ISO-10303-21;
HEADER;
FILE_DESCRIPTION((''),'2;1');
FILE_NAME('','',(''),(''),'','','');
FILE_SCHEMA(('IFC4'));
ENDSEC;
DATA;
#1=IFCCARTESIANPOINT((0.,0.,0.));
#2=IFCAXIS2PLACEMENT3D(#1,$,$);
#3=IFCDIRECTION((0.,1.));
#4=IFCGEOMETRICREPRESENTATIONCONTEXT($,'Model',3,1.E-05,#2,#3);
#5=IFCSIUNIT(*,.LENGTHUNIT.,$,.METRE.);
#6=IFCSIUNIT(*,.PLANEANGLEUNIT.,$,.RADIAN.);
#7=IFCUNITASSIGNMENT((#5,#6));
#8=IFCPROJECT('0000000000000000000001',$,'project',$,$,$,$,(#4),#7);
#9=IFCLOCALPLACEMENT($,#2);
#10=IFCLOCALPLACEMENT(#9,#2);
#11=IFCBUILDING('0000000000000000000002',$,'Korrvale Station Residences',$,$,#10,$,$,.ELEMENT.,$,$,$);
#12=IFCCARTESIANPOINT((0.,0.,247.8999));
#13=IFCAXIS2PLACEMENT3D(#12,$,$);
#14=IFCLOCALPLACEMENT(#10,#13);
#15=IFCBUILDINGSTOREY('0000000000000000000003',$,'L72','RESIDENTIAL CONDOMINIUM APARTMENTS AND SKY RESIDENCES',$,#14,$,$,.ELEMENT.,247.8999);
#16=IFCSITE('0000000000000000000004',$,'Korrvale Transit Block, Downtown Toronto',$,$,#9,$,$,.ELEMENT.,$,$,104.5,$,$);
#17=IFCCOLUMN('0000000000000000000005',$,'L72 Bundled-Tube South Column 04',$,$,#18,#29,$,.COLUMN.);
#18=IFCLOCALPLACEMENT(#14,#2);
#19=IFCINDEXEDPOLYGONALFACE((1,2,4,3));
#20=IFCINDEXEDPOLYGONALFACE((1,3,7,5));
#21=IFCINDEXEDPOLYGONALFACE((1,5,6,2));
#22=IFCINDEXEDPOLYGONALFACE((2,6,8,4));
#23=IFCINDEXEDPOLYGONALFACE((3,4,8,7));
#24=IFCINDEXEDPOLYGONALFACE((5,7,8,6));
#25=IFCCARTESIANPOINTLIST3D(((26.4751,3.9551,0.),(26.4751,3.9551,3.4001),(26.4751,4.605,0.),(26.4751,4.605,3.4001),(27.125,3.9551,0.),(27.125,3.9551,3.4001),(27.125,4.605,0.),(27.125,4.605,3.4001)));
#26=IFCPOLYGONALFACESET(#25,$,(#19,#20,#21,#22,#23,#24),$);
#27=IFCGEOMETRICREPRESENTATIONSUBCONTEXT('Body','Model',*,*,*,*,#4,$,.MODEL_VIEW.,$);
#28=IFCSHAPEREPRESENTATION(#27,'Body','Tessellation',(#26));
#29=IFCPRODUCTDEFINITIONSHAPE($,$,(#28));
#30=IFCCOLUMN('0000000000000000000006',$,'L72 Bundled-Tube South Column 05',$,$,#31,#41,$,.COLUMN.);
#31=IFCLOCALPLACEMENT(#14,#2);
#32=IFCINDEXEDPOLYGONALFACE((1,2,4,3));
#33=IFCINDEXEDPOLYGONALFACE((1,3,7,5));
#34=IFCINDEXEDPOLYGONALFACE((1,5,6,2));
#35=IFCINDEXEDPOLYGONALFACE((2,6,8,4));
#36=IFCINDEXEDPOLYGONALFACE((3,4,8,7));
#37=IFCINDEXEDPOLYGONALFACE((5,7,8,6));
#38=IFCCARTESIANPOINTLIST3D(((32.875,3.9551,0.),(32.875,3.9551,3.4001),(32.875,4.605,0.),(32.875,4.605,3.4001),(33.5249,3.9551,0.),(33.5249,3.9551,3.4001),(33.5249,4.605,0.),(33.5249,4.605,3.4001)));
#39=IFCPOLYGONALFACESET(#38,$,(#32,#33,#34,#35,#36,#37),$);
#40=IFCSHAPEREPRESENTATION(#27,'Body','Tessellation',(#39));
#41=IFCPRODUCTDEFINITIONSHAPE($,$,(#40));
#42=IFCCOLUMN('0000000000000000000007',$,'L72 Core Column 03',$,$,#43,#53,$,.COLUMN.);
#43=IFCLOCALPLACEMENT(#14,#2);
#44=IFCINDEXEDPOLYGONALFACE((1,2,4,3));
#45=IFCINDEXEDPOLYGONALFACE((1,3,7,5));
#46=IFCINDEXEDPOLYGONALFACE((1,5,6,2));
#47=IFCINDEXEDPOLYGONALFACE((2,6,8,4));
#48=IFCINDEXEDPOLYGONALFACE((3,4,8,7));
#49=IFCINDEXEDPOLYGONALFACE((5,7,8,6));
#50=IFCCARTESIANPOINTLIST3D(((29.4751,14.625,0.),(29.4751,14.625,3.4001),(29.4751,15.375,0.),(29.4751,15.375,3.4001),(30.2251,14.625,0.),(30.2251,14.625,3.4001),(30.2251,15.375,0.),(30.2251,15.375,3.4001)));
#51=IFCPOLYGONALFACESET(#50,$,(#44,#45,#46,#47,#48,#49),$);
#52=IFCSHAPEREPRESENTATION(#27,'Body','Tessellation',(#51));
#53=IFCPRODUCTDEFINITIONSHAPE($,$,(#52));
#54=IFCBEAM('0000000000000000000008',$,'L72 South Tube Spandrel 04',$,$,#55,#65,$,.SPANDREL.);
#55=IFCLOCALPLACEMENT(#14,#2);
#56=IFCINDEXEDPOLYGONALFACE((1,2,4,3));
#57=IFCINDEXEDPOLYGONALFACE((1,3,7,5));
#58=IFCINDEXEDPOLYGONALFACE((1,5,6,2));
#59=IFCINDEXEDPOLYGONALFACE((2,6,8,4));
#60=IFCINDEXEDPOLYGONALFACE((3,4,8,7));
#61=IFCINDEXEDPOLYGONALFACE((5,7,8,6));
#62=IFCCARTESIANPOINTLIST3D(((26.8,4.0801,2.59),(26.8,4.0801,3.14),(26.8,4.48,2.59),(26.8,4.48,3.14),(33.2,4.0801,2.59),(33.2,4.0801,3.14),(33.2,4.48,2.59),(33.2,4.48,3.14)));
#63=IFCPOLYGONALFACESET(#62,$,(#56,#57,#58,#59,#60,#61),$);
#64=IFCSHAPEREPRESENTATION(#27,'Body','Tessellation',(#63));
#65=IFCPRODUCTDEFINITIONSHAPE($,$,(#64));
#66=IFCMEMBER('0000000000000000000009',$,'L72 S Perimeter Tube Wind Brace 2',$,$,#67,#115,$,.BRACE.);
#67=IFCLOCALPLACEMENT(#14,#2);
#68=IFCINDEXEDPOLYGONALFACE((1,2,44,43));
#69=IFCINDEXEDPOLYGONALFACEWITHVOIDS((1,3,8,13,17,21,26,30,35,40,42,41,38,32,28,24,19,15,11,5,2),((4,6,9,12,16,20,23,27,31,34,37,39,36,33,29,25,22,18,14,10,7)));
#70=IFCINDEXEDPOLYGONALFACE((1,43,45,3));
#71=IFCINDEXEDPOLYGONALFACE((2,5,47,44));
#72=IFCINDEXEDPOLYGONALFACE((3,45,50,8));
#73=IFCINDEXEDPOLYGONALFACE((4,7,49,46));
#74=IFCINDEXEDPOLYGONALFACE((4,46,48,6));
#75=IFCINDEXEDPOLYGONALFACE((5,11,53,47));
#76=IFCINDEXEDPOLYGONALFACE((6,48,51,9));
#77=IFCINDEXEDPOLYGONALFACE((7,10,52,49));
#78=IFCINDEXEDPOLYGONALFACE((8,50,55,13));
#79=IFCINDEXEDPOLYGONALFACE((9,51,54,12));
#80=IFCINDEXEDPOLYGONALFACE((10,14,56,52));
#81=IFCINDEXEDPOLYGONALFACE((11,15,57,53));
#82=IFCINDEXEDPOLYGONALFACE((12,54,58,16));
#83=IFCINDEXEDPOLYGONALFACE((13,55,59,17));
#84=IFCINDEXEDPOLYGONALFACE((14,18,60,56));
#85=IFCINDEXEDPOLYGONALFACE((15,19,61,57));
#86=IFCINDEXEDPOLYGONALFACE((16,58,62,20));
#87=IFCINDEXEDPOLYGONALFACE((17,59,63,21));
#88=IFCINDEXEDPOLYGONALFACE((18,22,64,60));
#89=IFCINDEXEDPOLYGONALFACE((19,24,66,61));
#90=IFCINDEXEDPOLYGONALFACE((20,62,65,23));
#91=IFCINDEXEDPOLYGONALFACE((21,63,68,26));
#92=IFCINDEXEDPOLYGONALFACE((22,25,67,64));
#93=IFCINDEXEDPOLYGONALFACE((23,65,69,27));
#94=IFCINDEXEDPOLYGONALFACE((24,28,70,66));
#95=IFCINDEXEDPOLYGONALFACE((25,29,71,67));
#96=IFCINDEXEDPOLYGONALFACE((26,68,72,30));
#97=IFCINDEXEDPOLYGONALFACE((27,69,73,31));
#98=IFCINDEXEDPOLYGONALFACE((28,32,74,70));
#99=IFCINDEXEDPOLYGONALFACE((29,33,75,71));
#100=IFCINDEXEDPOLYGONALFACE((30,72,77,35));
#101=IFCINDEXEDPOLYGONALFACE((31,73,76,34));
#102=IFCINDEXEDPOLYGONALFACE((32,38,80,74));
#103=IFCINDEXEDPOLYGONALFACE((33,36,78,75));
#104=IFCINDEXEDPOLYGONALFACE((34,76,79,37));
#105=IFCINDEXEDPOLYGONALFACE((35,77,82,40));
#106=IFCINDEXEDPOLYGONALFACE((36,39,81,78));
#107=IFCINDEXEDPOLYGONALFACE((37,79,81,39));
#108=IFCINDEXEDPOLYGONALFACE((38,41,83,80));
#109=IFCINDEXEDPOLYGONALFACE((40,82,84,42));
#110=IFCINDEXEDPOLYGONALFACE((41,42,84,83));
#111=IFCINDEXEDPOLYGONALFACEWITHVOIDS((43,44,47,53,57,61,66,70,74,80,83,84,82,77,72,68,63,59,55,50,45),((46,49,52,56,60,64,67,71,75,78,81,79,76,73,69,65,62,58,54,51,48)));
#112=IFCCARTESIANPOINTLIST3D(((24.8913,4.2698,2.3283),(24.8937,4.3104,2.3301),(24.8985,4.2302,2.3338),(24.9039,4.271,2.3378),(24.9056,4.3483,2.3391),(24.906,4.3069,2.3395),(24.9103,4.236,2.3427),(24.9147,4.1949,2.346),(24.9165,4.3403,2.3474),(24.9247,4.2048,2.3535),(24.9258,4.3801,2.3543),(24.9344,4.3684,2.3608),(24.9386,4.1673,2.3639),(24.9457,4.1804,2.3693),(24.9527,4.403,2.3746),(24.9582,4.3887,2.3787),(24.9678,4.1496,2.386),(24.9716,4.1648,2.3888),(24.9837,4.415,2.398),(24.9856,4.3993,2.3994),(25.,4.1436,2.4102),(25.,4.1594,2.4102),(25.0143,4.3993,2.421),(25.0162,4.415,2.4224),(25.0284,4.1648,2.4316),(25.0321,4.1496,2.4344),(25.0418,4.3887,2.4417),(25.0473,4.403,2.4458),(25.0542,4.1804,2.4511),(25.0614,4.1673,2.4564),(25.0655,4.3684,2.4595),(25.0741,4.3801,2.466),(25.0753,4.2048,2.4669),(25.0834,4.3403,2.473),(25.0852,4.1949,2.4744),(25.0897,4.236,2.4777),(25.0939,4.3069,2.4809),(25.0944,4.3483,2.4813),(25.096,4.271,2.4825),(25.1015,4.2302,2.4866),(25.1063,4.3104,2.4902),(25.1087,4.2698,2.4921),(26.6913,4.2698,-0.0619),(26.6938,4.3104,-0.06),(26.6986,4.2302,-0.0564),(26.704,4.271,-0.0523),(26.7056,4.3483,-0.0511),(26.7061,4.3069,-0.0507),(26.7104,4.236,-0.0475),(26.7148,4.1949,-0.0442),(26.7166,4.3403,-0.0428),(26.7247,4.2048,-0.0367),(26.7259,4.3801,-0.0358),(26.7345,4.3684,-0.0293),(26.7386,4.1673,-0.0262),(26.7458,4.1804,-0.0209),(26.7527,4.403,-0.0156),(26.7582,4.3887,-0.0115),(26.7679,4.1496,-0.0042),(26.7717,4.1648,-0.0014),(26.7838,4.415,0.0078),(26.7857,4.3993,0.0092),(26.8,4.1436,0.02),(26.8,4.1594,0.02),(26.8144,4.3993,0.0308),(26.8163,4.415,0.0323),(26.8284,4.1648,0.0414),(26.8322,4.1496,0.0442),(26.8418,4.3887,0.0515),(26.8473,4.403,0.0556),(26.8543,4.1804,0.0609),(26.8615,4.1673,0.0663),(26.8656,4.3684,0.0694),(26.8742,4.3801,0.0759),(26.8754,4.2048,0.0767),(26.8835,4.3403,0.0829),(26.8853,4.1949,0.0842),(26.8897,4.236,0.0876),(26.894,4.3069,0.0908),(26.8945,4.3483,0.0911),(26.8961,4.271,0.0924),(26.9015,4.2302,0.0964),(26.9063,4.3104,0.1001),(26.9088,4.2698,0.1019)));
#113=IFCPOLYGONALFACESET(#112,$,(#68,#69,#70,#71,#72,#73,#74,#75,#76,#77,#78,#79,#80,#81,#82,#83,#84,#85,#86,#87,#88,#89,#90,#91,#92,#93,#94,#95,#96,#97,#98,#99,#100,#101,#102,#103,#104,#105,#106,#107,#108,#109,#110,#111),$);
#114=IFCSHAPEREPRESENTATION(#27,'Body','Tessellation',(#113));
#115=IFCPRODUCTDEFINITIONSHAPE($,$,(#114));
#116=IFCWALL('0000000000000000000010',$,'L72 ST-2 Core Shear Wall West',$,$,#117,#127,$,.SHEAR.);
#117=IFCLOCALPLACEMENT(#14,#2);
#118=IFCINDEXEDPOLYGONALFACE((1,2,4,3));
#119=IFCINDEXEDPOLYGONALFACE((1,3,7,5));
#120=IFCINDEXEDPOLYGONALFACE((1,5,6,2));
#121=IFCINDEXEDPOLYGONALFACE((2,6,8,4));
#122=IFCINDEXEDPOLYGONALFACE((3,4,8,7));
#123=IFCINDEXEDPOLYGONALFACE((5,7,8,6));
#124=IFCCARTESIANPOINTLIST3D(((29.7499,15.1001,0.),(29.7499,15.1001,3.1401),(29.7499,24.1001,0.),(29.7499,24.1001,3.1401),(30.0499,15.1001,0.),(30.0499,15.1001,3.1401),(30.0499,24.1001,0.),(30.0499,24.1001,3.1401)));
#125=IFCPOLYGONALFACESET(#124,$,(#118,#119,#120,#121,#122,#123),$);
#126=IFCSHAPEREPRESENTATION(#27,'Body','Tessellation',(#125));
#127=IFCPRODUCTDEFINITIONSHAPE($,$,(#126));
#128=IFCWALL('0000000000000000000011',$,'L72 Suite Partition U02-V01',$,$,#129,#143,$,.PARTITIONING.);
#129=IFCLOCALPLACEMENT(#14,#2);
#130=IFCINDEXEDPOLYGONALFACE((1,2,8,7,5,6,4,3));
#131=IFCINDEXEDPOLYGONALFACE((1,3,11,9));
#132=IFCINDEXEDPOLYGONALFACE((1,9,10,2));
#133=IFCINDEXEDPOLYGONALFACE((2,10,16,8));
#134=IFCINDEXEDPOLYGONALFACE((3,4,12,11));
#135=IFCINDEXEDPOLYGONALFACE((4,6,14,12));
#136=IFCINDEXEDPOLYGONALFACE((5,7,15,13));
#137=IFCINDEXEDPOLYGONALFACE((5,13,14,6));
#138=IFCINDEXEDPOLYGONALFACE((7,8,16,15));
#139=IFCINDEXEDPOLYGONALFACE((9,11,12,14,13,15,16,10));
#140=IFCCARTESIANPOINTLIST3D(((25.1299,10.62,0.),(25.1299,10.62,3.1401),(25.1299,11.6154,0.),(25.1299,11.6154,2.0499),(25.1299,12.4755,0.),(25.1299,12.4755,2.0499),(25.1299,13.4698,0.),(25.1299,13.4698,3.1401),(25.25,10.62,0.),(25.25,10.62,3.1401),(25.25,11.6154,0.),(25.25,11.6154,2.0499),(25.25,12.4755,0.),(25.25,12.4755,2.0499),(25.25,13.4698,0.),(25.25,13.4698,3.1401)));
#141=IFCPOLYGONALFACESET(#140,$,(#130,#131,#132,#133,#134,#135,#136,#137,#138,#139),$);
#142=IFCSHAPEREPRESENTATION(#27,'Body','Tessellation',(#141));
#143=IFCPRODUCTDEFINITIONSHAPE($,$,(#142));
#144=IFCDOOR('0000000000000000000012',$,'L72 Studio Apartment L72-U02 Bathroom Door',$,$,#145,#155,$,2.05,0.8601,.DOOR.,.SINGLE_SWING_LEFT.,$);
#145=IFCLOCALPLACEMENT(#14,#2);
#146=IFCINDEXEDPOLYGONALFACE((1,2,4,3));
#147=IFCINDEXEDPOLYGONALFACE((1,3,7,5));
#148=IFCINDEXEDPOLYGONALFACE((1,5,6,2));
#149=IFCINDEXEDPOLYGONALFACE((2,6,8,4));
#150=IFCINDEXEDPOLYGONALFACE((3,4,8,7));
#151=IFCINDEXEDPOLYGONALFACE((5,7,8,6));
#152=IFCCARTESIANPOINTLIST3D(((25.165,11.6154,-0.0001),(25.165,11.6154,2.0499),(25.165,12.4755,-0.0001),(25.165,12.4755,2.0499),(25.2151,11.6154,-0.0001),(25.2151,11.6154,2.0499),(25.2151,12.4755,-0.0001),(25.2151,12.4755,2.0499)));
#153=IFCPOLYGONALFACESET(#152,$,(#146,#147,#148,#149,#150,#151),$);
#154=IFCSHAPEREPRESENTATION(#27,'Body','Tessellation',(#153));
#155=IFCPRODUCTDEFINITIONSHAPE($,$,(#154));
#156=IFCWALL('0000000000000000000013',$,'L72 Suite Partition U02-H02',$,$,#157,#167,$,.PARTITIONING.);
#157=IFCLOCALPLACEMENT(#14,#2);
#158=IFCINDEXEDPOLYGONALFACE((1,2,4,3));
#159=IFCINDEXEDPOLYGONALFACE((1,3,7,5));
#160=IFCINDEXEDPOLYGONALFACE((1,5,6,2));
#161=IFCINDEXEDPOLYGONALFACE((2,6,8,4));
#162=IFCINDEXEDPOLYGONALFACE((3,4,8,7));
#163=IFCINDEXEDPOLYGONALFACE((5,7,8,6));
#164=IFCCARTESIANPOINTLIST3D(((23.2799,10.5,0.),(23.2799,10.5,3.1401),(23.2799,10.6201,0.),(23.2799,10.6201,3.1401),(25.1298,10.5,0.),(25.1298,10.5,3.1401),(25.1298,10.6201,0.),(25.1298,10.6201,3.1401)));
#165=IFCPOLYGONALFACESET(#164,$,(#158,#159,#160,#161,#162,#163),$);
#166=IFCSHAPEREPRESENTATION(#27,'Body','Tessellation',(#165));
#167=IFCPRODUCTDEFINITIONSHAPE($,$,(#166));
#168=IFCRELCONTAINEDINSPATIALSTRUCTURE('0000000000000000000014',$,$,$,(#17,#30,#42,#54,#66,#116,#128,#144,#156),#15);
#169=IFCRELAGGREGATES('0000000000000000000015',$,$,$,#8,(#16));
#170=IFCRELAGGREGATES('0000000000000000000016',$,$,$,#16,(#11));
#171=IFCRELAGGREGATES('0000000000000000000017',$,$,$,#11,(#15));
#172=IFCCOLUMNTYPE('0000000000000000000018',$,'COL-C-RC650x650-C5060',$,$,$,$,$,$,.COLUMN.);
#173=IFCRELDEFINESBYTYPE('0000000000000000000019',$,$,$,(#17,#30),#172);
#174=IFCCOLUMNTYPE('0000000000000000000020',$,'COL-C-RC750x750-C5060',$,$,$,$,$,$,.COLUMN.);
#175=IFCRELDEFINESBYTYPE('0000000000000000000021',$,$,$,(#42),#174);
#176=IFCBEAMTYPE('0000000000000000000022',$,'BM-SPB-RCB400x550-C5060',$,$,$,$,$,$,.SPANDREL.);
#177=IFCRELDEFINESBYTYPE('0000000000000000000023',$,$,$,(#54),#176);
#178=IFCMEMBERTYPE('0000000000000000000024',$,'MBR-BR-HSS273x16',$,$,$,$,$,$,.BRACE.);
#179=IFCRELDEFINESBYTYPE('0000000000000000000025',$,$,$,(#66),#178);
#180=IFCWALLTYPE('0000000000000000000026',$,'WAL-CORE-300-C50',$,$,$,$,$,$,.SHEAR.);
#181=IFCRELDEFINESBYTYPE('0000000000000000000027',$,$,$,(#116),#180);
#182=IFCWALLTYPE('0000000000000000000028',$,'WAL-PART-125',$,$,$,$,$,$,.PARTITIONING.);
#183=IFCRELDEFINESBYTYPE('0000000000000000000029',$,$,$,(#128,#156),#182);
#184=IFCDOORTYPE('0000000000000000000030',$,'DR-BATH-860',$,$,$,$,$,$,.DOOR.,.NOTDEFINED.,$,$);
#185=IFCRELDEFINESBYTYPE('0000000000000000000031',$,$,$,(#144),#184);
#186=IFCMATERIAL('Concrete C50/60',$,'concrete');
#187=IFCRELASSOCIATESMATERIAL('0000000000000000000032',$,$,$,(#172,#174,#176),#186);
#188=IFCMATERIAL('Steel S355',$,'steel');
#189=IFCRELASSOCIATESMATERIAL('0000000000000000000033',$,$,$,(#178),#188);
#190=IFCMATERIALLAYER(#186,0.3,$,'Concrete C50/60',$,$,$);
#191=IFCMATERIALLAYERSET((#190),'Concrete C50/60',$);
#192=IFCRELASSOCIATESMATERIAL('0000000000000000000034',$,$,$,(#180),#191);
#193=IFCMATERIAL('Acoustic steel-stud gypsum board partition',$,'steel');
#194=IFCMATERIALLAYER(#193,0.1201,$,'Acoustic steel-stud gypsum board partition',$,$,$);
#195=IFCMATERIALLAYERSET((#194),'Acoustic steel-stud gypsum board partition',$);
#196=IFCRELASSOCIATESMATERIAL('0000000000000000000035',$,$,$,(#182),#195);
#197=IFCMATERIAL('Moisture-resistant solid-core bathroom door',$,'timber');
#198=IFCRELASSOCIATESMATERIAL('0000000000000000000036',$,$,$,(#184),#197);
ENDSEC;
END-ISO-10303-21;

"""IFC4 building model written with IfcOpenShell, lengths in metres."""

from ifc_helpers import new_model, si_unit, direction, frame, frame_2d, origin, origin_2d, place, context, subcontext, project, spatial, rectangle, hollow_circle, extrude, material, layer, layer_set, material_profile, profile_set, type_object, element, fill, save


model = new_model("IFC4")

# Units and contexts
model_context = context("Model", 3, precision=1e-05, world=origin(), true_north=direction((0.0, 1.0)))
body_context = subcontext(model_context, "Body", "Model", "MODEL_VIEW")
ifc_project = project(units=[si_unit("LENGTHUNIT", "METRE"), si_unit("PLANEANGLEUNIT", "RADIAN")], contexts=[model_context])

# Site, building, storey
site_placement = place(None, origin())
site = spatial("IfcSite", under=ifc_project, at=site_placement, Name="Korrvale Transit Block, Downtown Toronto", CompositionType="ELEMENT", RefElevation=104.5)
building_placement = place(site_placement, origin())
building = spatial("IfcBuilding", under=site, at=building_placement, Name="Korrvale Station Residences", CompositionType="ELEMENT")
storey_placement = place(building_placement, frame((0.0, 0.0, 247.8999)))
storey = spatial("IfcBuildingStorey", under=building, at=storey_placement, Name="L72", Description="RESIDENTIAL CONDOMINIUM APARTMENTS AND SKY RESIDENCES", CompositionType="ELEMENT", Elevation=247.8999)

# Columns
ifc_material_1 = material(Name="Concrete C50/60", Category="concrete")
ifc_material_profile_1 = material_profile(ifc_material_1, rectangle(XDim=0.6499, YDim=0.6499, at=origin_2d()), Name="RC650x650")
ifc_profile_set_1 = profile_set([ifc_material_profile_1], Name="Concrete C50/60")
column_type_1 = type_object("IfcColumnType", Name="COL-C-RC650x650-C5060", PredefinedType="COLUMN", material=ifc_profile_set_1)
for number, where, z_axis, x_axis, name in (
    (1, (26.8, 4.28, 0.0), (0.0, 0.0, 1.0), (1.0, 0.0, 0.0), "L72 Bundled-Tube South Column 04"),
    (2, (33.2, 4.28, 0.0), (0.0, 0.0, 1.0), (1.0, 0.0, 0.0), "L72 Bundled-Tube South Column 05"),
):
    element("IfcColumn", number, at=place(storey_placement, frame(where, z_axis=z_axis, x_axis=x_axis)), inside=storey, type_object=column_type_1, Name=name, PredefinedType="COLUMN", context=body_context, shape_type="SweptSolid", body=[
        extrude(rectangle(XDim=0.6499, YDim=0.6499, at=origin_2d()), origin(), (0.0, 0.0, 1.0), 3.4001),
    ])
ifc_material_profile_2 = material_profile(ifc_material_1, rectangle(XDim=0.75, YDim=0.75, at=origin_2d()), Name="RC750x750")
ifc_profile_set_2 = profile_set([ifc_material_profile_2], Name="Concrete C50/60")
column_type_2 = type_object("IfcColumnType", Name="COL-C-RC750x750-C5060", PredefinedType="COLUMN", material=ifc_profile_set_2)
column_placement = place(storey_placement, frame((29.8501, 15.0, 0.0), z_axis=(0.0, 0.0, 1.0), x_axis=(1.0, 0.0, 0.0)))
element("IfcColumn", 3, at=column_placement, inside=storey, type_object=column_type_2, Name="L72 Core Column 03", PredefinedType="COLUMN", context=body_context, shape_type="SweptSolid", body=[
    extrude(rectangle(XDim=0.75, YDim=0.75, at=origin_2d()), origin(), (0.0, 0.0, 1.0), 3.4001),
])

# Beam
ifc_material_profile_3 = material_profile(ifc_material_1, rectangle(XDim=0.3999, YDim=0.55, at=origin_2d()), Name="RCB400x550")
ifc_profile_set_3 = profile_set([ifc_material_profile_3], Name="Concrete C50/60")
beam_type = type_object("IfcBeamType", Name="BM-SPB-RCB400x550-C5060", PredefinedType="SPANDREL", material=ifc_profile_set_3)
beam_placement = place(storey_placement, frame((26.8, 4.28, 2.865), z_axis=(1.0, 0.0, 0.0), x_axis=(0.0, 1.0, 0.0)))
element("IfcBeam", 4, at=beam_placement, inside=storey, type_object=beam_type, Name="L72 South Tube Spandrel 04", PredefinedType="SPANDREL", context=body_context, shape_type="SweptSolid", body=[
    extrude(rectangle(XDim=0.3999, YDim=0.55, at=origin_2d()), origin(), (0.0, 0.0, 1.0), 6.3999),
])

# Member
ifc_material_2 = material(Name="Steel S355", Category="steel")
ifc_material_profile_4 = material_profile(ifc_material_2, hollow_circle(Radius=0.1365, WallThickness=0.0159, at=origin_2d()), Name="HSS273x16")
ifc_profile_set_4 = profile_set([ifc_material_profile_4], Name="Steel S355")
member_type = type_object("IfcMemberType", Name="MBR-BR-HSS273x16", PredefinedType="BRACE", material=ifc_profile_set_4)
member_placement = place(storey_placement, frame((26.8, 4.28, 0.02), z_axis=(-0.601592, 0.0, 0.798804), x_axis=(0.0, -1.0, 0.0)))
element("IfcMember", 5, at=member_placement, inside=storey, type_object=member_type, Name="L72 S Perimeter Tube Wind Brace 2", PredefinedType="BRACE", context=body_context, shape_type="SweptSolid", body=[
    extrude(hollow_circle(Radius=0.1365, WallThickness=0.0159, at=origin_2d()), origin(), (0.0, 0.0, 1.0), 2.9922),
])

# Wall
ifc_layer_1 = layer(ifc_material_1, 0.3, Name="Concrete C50/60")
ifc_layer_set_1 = layer_set([ifc_layer_1], Name="Concrete C50/60")
wall_type_1 = type_object("IfcWallType", Name="WAL-CORE-300-C50", PredefinedType="SHEAR", material=ifc_layer_set_1)
wall_1_placement = place(storey_placement, frame((29.8999, 15.1001, 0.0), z_axis=(0.0, 0.0, 1.0), x_axis=(0.0, 1.0, 0.0)))
element("IfcWall", 6, at=wall_1_placement, inside=storey, type_object=wall_type_1, Name="L72 ST-2 Core Shear Wall West", PredefinedType="SHEAR", context=body_context, shape_type="SweptSolid", body=[
    extrude(rectangle(XDim=9.0, YDim=0.3, at=frame_2d((4.5, 0.0))), origin(), (0.0, 0.0, 1.0), 3.1401),
])

# Wall, opening, door
ifc_material_3 = material(Name="Acoustic steel-stud gypsum board partition", Category="steel")
ifc_layer_2 = layer(ifc_material_3, 0.1201, Name="Acoustic steel-stud gypsum board partition")
ifc_layer_set_2 = layer_set([ifc_layer_2], Name="Acoustic steel-stud gypsum board partition")
wall_type_2 = type_object("IfcWallType", Name="WAL-PART-125", PredefinedType="PARTITIONING", material=ifc_layer_set_2)
wall_2_placement = place(storey_placement, frame((25.1899, 10.6201, 0.0), z_axis=(0.0, 0.0, 1.0), x_axis=(0.0, 1.0, 0.0)))
wall_2 = element("IfcWall", 7, at=wall_2_placement, inside=storey, type_object=wall_type_2, Name="L72 Suite Partition U02-V01", PredefinedType="PARTITIONING", context=body_context, shape_type="SweptSolid", body=[
    extrude(rectangle(XDim=2.8499, YDim=0.1201, at=frame_2d((1.4248, 0.0))), origin(), (0.0, 0.0, 1.0), 3.1401),
])
opening_1_placement = place(wall_2_placement, frame((0.9951, 0.0, 0.0)))
opening_1 = element("IfcOpeningElement", 8, at=opening_1_placement, cuts=wall_2, PredefinedType="OPENING", context=body_context, shape_type="SweptSolid", body=[
    extrude(rectangle(XDim=0.8601, YDim=2.05, at=frame_2d((0.4302, 1.0249))), frame((0.0, 0.0701, 0.0), z_axis=(0.0, -1.0, 0.0), x_axis=(1.0, 0.0, 0.0)), (0.0, 0.0, 1.0), 0.1401),
])
ifc_material_4 = material(Name="Moisture-resistant solid-core bathroom door", Category="timber")
door_type_1 = type_object("IfcDoorType", Name="DR-BATH-860", OperationType="NOTDEFINED", PredefinedType="DOOR", material=ifc_material_4)
door_1_placement = place(opening_1_placement, origin())
door_1 = element("IfcDoor", 9, at=door_1_placement, inside=storey, type_object=door_type_1, Name="L72 Studio Apartment L72-U02 Bathroom Door", OperationType="SINGLE_SWING_LEFT", OverallHeight=2.05, OverallWidth=0.8601, PredefinedType="DOOR", context=body_context, shape_type="SweptSolid", body=[
    extrude(rectangle(XDim=0.8601, YDim=2.05, at=frame_2d((0.4302, 1.0249))), frame((0.0, 0.0249, 0.0), z_axis=(0.0, -1.0, 0.0), x_axis=(1.0, 0.0, 0.0)), (0.0, 0.0, 1.0), 0.05),
])
fill(opening_1, door_1)

# Wall
wall_3_placement = place(storey_placement, frame((23.28, 10.5601, 0.0), z_axis=(0.0, 0.0, 1.0), x_axis=(1.0, 0.0, 0.0)))
element("IfcWall", 10, at=wall_3_placement, inside=storey, type_object=wall_type_2, Name="L72 Suite Partition U02-H02", PredefinedType="PARTITIONING", context=body_context, shape_type="SweptSolid", body=[
    extrude(rectangle(XDim=1.8499, YDim=0.1201, at=frame_2d((0.9248, 0.0))), origin(), (0.0, 0.0, 1.0), 3.1401),
])

save(model, "model.ifc")
